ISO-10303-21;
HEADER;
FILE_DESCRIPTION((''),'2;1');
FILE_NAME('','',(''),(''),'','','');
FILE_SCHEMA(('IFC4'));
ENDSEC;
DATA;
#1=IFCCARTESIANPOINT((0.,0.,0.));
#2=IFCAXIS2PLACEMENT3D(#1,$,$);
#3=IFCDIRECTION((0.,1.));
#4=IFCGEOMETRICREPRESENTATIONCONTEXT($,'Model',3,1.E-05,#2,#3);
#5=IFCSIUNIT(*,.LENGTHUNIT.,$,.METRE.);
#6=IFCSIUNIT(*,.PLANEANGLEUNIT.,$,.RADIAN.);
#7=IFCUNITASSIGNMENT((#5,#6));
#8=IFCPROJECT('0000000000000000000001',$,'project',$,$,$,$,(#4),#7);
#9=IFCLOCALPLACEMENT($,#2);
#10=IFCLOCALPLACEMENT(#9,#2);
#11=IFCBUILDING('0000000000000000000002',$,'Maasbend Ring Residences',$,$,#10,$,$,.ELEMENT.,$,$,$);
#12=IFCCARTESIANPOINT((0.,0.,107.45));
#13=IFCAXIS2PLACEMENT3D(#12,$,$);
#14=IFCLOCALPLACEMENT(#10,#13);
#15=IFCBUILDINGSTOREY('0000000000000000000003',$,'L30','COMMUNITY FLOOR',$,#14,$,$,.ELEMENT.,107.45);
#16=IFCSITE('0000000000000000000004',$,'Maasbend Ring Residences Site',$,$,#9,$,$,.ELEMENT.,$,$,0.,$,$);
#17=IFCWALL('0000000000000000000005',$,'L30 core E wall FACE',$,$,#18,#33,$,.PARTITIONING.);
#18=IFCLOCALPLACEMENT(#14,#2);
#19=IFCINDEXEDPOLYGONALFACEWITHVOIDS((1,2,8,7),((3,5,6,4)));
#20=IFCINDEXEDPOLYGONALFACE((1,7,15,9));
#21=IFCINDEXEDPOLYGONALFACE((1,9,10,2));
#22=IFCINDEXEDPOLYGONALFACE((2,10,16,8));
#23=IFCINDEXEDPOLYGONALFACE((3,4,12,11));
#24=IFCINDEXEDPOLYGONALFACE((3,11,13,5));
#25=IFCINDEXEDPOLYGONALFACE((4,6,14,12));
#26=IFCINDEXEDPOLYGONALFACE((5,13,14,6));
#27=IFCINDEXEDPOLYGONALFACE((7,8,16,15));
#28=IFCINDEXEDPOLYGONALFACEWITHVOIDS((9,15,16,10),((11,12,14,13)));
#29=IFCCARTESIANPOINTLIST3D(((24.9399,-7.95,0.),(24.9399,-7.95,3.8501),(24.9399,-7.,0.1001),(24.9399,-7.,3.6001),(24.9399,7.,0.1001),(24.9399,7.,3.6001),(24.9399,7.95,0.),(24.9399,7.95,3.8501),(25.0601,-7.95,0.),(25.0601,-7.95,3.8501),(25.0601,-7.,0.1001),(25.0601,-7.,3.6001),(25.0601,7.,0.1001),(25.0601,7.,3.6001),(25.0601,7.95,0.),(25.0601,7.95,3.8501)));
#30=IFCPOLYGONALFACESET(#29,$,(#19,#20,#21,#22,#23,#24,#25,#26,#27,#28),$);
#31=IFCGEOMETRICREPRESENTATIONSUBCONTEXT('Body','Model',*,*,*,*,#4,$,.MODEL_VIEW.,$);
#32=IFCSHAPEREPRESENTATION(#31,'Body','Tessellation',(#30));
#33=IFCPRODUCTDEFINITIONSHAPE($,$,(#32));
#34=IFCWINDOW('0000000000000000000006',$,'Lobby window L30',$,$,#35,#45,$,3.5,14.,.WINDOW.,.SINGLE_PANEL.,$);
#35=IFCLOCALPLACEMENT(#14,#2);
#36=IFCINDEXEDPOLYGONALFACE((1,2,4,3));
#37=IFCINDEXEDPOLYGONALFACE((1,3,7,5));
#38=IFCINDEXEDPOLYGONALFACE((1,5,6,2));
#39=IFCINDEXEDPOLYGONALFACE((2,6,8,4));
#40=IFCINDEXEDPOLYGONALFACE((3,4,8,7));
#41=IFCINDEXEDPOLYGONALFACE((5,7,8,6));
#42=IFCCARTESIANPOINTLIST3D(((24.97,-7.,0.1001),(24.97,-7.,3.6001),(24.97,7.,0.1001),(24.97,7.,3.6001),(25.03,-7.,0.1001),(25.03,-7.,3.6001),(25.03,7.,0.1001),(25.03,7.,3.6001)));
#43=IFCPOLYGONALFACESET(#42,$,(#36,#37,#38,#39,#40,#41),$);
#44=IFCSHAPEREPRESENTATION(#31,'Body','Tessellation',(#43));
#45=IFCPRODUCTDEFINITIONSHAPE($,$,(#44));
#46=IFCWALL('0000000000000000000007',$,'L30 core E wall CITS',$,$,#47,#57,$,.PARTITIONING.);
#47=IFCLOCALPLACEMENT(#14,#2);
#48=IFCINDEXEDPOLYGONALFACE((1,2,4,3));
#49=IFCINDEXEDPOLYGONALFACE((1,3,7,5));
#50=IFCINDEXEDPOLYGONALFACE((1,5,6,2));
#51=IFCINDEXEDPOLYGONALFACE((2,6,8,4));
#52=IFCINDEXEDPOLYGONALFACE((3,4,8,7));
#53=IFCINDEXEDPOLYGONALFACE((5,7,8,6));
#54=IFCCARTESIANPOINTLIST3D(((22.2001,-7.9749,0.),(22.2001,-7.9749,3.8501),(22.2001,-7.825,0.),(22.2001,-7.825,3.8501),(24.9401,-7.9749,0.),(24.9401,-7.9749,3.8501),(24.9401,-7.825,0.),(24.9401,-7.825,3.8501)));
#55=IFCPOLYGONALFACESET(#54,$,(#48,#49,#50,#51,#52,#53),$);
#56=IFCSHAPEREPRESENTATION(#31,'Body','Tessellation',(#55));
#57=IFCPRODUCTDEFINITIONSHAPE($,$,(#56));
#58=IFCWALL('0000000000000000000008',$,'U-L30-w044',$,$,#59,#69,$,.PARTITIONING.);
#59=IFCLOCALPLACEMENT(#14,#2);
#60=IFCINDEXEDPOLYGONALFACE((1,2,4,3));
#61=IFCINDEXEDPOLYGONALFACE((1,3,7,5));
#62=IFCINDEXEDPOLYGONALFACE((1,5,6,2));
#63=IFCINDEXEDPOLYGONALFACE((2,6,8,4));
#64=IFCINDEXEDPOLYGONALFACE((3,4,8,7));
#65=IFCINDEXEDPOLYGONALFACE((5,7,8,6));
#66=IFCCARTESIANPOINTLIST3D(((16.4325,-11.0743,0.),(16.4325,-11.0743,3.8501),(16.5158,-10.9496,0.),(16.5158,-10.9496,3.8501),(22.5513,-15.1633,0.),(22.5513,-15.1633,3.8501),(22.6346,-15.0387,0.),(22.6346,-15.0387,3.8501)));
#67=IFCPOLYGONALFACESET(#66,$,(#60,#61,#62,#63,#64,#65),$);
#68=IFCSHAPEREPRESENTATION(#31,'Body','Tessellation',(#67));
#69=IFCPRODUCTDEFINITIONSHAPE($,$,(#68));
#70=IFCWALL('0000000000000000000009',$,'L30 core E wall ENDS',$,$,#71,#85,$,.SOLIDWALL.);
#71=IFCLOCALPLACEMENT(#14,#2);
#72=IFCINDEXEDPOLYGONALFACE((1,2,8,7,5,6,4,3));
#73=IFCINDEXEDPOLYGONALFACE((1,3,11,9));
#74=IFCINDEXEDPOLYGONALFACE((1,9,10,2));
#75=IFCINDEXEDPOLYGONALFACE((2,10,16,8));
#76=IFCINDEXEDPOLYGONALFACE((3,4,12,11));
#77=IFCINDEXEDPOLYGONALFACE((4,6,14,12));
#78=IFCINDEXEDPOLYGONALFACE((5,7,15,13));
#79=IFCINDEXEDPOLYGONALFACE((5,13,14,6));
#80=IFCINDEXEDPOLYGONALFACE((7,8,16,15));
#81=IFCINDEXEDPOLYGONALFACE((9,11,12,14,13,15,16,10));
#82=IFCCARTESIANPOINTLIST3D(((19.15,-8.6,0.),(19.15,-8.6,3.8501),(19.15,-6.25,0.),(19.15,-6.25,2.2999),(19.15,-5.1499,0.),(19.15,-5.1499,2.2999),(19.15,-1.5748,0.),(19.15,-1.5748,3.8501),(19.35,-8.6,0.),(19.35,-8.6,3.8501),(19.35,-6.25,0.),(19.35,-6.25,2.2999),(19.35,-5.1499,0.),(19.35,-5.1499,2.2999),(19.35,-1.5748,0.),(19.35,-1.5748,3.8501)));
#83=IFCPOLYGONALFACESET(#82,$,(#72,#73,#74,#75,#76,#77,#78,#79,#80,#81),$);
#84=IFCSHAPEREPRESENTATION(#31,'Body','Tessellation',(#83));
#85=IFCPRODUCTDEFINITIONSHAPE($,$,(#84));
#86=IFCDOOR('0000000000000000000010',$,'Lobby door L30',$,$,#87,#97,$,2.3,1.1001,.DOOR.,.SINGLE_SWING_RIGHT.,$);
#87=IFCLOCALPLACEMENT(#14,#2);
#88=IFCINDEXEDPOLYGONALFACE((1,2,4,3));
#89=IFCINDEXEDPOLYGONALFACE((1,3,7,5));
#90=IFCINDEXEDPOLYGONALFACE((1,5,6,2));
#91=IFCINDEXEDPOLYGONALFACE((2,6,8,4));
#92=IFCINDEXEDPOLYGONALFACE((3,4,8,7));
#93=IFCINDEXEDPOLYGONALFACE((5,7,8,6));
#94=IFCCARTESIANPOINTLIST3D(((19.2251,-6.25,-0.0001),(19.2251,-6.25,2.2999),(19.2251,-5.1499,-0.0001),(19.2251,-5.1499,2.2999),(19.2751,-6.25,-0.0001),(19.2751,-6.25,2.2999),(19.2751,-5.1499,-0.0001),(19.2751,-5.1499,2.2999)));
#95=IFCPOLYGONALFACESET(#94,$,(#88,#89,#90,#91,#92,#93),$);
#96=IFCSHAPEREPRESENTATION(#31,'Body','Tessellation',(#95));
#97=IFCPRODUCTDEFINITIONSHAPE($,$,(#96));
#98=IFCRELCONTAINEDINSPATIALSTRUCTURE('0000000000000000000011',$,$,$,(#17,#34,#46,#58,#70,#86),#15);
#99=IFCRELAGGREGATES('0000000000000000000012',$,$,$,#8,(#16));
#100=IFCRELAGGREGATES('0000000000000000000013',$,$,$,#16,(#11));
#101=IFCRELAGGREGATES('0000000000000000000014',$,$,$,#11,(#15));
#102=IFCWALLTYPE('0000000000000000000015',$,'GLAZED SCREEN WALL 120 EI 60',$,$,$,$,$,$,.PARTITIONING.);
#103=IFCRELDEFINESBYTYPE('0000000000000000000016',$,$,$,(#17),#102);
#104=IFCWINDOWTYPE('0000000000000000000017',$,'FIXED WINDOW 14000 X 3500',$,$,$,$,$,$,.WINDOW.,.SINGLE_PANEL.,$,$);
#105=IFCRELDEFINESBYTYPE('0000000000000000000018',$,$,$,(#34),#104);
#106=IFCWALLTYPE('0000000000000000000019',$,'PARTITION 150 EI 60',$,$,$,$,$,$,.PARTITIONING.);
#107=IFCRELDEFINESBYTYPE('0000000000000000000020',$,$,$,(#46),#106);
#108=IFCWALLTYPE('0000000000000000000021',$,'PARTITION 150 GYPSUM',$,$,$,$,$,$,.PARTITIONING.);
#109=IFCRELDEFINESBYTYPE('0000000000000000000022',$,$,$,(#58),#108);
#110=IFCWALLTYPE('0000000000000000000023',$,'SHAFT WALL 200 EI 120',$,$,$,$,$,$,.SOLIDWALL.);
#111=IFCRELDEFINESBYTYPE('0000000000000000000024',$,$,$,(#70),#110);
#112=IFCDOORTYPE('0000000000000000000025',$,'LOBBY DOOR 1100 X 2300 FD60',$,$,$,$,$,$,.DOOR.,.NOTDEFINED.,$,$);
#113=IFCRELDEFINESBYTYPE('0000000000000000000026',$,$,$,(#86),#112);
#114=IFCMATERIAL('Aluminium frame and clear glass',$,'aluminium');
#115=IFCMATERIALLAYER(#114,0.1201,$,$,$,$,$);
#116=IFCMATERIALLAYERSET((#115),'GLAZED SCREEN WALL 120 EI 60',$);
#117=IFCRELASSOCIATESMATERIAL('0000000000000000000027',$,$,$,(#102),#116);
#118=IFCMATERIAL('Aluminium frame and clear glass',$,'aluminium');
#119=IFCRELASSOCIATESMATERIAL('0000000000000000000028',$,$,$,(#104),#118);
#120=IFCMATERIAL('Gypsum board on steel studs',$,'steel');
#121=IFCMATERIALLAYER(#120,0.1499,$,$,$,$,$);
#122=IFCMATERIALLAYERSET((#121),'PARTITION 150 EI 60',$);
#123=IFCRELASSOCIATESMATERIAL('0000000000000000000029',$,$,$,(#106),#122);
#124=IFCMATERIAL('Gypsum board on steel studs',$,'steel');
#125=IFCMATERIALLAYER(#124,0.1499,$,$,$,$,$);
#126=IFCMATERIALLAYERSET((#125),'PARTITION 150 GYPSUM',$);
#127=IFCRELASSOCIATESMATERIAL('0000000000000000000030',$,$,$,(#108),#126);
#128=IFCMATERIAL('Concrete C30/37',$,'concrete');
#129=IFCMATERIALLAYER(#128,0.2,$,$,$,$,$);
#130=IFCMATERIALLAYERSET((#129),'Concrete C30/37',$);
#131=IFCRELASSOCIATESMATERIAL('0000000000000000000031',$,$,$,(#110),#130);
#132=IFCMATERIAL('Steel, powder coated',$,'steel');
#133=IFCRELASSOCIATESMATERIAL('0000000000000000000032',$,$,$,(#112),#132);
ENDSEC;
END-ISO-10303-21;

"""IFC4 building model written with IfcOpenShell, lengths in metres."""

from ifc_helpers import new_model, si_unit, direction, frame, frame_2d, origin, place, context, subcontext, project, spatial, rectangle, extrude, material, layer, layer_set, type_object, element, fill, save


model = new_model("IFC4")

# Units and contexts
model_context = context("Model", 3, precision=1e-05, world=origin(), true_north=direction((0.0, 1.0)))
body_context = subcontext(model_context, "Body", "Model", "MODEL_VIEW")
ifc_project = project(units=[si_unit("LENGTHUNIT", "METRE"), si_unit("PLANEANGLEUNIT", "RADIAN")], contexts=[model_context])

# Site, building, storey
site_placement = place(None, origin())
site = spatial("IfcSite", under=ifc_project, at=site_placement, Name="Maasbend Ring Residences Site", CompositionType="ELEMENT", RefElevation=0.0)
building_placement = place(site_placement, origin())
building = spatial("IfcBuilding", under=site, at=building_placement, Name="Maasbend Ring Residences", CompositionType="ELEMENT")
storey_placement = place(building_placement, frame((0.0, 0.0, 107.45)))
storey = spatial("IfcBuildingStorey", under=building, at=storey_placement, Name="L30", Description="COMMUNITY FLOOR", CompositionType="ELEMENT", Elevation=107.45)

# Wall, opening, window
ifc_material_1 = material(Name="Aluminium frame and clear glass", Category="aluminium")
ifc_layer_1 = layer(ifc_material_1, 0.1201)
ifc_layer_set_1 = layer_set([ifc_layer_1], Name="GLAZED SCREEN WALL 120 EI 60")
wall_type_1 = type_object("IfcWallType", Name="GLAZED SCREEN WALL 120 EI 60", PredefinedType="PARTITIONING", material=ifc_layer_set_1)
wall_1_placement = place(storey_placement, frame((25.0, -7.95, 0.0), z_axis=(0.0, 0.0, 1.0), x_axis=(0.0, 1.0, 0.0)))
wall_1 = element("IfcWall", 1, at=wall_1_placement, inside=storey, type_object=wall_type_1, Name="L30 core E wall FACE", PredefinedType="PARTITIONING", context=body_context, shape_type="SweptSolid", body=[
    extrude(rectangle(XDim=15.8999, YDim=0.1201, at=frame_2d((7.95, 0.0))), origin(), (0.0, 0.0, 1.0), 3.8501),
])
opening_1_placement = place(wall_1_placement, frame((0.95, 0.0, 0.1001)))
opening_1 = element("IfcOpeningElement", 2, at=opening_1_placement, cuts=wall_1, PredefinedType="OPENING", context=body_context, shape_type="SweptSolid", body=[
    extrude(rectangle(XDim=14.0, YDim=3.5, at=frame_2d((7.0, 1.75))), frame((0.0, 0.0701, 0.0), z_axis=(0.0, -1.0, 0.0), x_axis=(1.0, 0.0, 0.0)), (0.0, 0.0, 1.0), 0.1401),
])
ifc_material_2 = material(Name="Aluminium frame and clear glass", Category="aluminium")
window_type_1 = type_object("IfcWindowType", Name="FIXED WINDOW 14000 X 3500", PartitioningType="SINGLE_PANEL", PredefinedType="WINDOW", material=ifc_material_2)
window_1_placement = place(opening_1_placement, origin())
window_1 = element("IfcWindow", 3, at=window_1_placement, inside=storey, type_object=window_type_1, Name="Lobby window L30", OverallHeight=3.5, OverallWidth=14.0, PartitioningType="SINGLE_PANEL", PredefinedType="WINDOW", context=body_context, shape_type="SweptSolid", body=[
    extrude(rectangle(XDim=14.0, YDim=3.5, at=frame_2d((7.0, 1.75))), frame((0.0, 0.03, 0.0), z_axis=(0.0, -1.0, 0.0), x_axis=(1.0, 0.0, 0.0)), (0.0, 0.0, 1.0), 0.0601),
])
fill(opening_1, window_1)

# Walls
ifc_material_3 = material(Name="Gypsum board on steel studs", Category="steel")
ifc_layer_2 = layer(ifc_material_3, 0.1499)
ifc_layer_set_2 = layer_set([ifc_layer_2], Name="PARTITION 150 EI 60")
wall_type_2 = type_object("IfcWallType", Name="PARTITION 150 EI 60", PredefinedType="PARTITIONING", material=ifc_layer_set_2)
wall_2_placement = place(storey_placement, frame((22.2, -7.8999, 0.0), z_axis=(0.0, 0.0, 1.0), x_axis=(1.0, 0.0, 0.0)))
element("IfcWall", 4, at=wall_2_placement, inside=storey, type_object=wall_type_2, Name="L30 core E wall CITS", PredefinedType="PARTITIONING", context=body_context, shape_type="SweptSolid", body=[
    extrude(rectangle(XDim=2.74, YDim=0.1499, at=frame_2d((1.3701, 0.0))), origin(), (0.0, 0.0, 1.0), 3.8501),
])
ifc_material_4 = material(Name="Gypsum board on steel studs", Category="steel")
ifc_layer_3 = layer(ifc_material_4, 0.1499)
ifc_layer_set_3 = layer_set([ifc_layer_3], Name="PARTITION 150 GYPSUM")
wall_type_3 = type_object("IfcWallType", Name="PARTITION 150 GYPSUM", PredefinedType="PARTITIONING", material=ifc_layer_set_3)
wall_3_placement = place(storey_placement, frame((16.4741, -11.012, 0.0), z_axis=(0.0, 0.0, 1.0), x_axis=(0.831432, -0.555626, 0.0)))
element("IfcWall", 5, at=wall_3_placement, inside=storey, type_object=wall_type_3, Name="U-L30-w044", PredefinedType="PARTITIONING", context=body_context, shape_type="SweptSolid", body=[
    extrude(rectangle(XDim=7.3594, YDim=0.1499, at=frame_2d((3.6797, 0.0))), origin(), (0.0, 0.0, 1.0), 3.8501),
])

# Wall, opening, door
ifc_material_5 = material(Name="Concrete C30/37", Category="concrete")
ifc_layer_4 = layer(ifc_material_5, 0.2)
ifc_layer_set_4 = layer_set([ifc_layer_4], Name="Concrete C30/37")
wall_type_4 = type_object("IfcWallType", Name="SHAFT WALL 200 EI 120", PredefinedType="SOLIDWALL", material=ifc_layer_set_4)
wall_4_placement = place(storey_placement, frame((19.25, -8.6001, 0.0), z_axis=(0.0, 0.0, 1.0), x_axis=(0.0, 1.0, 0.0)))
wall_4 = element("IfcWall", 6, at=wall_4_placement, inside=storey, type_object=wall_type_4, Name="L30 core E wall ENDS", PredefinedType="SOLIDWALL", context=body_context, shape_type="SweptSolid", body=[
    extrude(rectangle(XDim=7.0251, YDim=0.2, at=frame_2d((3.5127, 0.0))), origin(), (0.0, 0.0, 1.0), 3.8501),
])
opening_2_placement = place(wall_4_placement, frame((2.3501, 0.0, 0.0)))
opening_2 = element("IfcOpeningElement", 7, at=opening_2_placement, cuts=wall_4, PredefinedType="OPENING", context=body_context, shape_type="SweptSolid", body=[
    extrude(rectangle(XDim=1.1001, YDim=2.3, at=frame_2d((0.55, 1.1499))), frame((0.0, 0.1099, 0.0), z_axis=(0.0, -1.0, 0.0), x_axis=(1.0, 0.0, 0.0)), (0.0, 0.0, 1.0), 0.22),
])
ifc_material_6 = material(Name="Steel, powder coated", Category="steel")
door_type_1 = type_object("IfcDoorType", Name="LOBBY DOOR 1100 X 2300 FD60", OperationType="NOTDEFINED", PredefinedType="DOOR", material=ifc_material_6)
door_1_placement = place(opening_2_placement, origin())
door_1 = element("IfcDoor", 8, at=door_1_placement, inside=storey, type_object=door_type_1, Name="Lobby door L30", OperationType="SINGLE_SWING_RIGHT", OverallHeight=2.3, OverallWidth=1.1001, PredefinedType="DOOR", context=body_context, shape_type="SweptSolid", body=[
    extrude(rectangle(XDim=1.1001, YDim=2.3, at=frame_2d((0.55, 1.1499))), frame((0.0, 0.0249, 0.0), z_axis=(0.0, -1.0, 0.0), x_axis=(1.0, 0.0, 0.0)), (0.0, 0.0, 1.0), 0.05),
])
fill(opening_2, door_1)

save(model, "model.ifc")
